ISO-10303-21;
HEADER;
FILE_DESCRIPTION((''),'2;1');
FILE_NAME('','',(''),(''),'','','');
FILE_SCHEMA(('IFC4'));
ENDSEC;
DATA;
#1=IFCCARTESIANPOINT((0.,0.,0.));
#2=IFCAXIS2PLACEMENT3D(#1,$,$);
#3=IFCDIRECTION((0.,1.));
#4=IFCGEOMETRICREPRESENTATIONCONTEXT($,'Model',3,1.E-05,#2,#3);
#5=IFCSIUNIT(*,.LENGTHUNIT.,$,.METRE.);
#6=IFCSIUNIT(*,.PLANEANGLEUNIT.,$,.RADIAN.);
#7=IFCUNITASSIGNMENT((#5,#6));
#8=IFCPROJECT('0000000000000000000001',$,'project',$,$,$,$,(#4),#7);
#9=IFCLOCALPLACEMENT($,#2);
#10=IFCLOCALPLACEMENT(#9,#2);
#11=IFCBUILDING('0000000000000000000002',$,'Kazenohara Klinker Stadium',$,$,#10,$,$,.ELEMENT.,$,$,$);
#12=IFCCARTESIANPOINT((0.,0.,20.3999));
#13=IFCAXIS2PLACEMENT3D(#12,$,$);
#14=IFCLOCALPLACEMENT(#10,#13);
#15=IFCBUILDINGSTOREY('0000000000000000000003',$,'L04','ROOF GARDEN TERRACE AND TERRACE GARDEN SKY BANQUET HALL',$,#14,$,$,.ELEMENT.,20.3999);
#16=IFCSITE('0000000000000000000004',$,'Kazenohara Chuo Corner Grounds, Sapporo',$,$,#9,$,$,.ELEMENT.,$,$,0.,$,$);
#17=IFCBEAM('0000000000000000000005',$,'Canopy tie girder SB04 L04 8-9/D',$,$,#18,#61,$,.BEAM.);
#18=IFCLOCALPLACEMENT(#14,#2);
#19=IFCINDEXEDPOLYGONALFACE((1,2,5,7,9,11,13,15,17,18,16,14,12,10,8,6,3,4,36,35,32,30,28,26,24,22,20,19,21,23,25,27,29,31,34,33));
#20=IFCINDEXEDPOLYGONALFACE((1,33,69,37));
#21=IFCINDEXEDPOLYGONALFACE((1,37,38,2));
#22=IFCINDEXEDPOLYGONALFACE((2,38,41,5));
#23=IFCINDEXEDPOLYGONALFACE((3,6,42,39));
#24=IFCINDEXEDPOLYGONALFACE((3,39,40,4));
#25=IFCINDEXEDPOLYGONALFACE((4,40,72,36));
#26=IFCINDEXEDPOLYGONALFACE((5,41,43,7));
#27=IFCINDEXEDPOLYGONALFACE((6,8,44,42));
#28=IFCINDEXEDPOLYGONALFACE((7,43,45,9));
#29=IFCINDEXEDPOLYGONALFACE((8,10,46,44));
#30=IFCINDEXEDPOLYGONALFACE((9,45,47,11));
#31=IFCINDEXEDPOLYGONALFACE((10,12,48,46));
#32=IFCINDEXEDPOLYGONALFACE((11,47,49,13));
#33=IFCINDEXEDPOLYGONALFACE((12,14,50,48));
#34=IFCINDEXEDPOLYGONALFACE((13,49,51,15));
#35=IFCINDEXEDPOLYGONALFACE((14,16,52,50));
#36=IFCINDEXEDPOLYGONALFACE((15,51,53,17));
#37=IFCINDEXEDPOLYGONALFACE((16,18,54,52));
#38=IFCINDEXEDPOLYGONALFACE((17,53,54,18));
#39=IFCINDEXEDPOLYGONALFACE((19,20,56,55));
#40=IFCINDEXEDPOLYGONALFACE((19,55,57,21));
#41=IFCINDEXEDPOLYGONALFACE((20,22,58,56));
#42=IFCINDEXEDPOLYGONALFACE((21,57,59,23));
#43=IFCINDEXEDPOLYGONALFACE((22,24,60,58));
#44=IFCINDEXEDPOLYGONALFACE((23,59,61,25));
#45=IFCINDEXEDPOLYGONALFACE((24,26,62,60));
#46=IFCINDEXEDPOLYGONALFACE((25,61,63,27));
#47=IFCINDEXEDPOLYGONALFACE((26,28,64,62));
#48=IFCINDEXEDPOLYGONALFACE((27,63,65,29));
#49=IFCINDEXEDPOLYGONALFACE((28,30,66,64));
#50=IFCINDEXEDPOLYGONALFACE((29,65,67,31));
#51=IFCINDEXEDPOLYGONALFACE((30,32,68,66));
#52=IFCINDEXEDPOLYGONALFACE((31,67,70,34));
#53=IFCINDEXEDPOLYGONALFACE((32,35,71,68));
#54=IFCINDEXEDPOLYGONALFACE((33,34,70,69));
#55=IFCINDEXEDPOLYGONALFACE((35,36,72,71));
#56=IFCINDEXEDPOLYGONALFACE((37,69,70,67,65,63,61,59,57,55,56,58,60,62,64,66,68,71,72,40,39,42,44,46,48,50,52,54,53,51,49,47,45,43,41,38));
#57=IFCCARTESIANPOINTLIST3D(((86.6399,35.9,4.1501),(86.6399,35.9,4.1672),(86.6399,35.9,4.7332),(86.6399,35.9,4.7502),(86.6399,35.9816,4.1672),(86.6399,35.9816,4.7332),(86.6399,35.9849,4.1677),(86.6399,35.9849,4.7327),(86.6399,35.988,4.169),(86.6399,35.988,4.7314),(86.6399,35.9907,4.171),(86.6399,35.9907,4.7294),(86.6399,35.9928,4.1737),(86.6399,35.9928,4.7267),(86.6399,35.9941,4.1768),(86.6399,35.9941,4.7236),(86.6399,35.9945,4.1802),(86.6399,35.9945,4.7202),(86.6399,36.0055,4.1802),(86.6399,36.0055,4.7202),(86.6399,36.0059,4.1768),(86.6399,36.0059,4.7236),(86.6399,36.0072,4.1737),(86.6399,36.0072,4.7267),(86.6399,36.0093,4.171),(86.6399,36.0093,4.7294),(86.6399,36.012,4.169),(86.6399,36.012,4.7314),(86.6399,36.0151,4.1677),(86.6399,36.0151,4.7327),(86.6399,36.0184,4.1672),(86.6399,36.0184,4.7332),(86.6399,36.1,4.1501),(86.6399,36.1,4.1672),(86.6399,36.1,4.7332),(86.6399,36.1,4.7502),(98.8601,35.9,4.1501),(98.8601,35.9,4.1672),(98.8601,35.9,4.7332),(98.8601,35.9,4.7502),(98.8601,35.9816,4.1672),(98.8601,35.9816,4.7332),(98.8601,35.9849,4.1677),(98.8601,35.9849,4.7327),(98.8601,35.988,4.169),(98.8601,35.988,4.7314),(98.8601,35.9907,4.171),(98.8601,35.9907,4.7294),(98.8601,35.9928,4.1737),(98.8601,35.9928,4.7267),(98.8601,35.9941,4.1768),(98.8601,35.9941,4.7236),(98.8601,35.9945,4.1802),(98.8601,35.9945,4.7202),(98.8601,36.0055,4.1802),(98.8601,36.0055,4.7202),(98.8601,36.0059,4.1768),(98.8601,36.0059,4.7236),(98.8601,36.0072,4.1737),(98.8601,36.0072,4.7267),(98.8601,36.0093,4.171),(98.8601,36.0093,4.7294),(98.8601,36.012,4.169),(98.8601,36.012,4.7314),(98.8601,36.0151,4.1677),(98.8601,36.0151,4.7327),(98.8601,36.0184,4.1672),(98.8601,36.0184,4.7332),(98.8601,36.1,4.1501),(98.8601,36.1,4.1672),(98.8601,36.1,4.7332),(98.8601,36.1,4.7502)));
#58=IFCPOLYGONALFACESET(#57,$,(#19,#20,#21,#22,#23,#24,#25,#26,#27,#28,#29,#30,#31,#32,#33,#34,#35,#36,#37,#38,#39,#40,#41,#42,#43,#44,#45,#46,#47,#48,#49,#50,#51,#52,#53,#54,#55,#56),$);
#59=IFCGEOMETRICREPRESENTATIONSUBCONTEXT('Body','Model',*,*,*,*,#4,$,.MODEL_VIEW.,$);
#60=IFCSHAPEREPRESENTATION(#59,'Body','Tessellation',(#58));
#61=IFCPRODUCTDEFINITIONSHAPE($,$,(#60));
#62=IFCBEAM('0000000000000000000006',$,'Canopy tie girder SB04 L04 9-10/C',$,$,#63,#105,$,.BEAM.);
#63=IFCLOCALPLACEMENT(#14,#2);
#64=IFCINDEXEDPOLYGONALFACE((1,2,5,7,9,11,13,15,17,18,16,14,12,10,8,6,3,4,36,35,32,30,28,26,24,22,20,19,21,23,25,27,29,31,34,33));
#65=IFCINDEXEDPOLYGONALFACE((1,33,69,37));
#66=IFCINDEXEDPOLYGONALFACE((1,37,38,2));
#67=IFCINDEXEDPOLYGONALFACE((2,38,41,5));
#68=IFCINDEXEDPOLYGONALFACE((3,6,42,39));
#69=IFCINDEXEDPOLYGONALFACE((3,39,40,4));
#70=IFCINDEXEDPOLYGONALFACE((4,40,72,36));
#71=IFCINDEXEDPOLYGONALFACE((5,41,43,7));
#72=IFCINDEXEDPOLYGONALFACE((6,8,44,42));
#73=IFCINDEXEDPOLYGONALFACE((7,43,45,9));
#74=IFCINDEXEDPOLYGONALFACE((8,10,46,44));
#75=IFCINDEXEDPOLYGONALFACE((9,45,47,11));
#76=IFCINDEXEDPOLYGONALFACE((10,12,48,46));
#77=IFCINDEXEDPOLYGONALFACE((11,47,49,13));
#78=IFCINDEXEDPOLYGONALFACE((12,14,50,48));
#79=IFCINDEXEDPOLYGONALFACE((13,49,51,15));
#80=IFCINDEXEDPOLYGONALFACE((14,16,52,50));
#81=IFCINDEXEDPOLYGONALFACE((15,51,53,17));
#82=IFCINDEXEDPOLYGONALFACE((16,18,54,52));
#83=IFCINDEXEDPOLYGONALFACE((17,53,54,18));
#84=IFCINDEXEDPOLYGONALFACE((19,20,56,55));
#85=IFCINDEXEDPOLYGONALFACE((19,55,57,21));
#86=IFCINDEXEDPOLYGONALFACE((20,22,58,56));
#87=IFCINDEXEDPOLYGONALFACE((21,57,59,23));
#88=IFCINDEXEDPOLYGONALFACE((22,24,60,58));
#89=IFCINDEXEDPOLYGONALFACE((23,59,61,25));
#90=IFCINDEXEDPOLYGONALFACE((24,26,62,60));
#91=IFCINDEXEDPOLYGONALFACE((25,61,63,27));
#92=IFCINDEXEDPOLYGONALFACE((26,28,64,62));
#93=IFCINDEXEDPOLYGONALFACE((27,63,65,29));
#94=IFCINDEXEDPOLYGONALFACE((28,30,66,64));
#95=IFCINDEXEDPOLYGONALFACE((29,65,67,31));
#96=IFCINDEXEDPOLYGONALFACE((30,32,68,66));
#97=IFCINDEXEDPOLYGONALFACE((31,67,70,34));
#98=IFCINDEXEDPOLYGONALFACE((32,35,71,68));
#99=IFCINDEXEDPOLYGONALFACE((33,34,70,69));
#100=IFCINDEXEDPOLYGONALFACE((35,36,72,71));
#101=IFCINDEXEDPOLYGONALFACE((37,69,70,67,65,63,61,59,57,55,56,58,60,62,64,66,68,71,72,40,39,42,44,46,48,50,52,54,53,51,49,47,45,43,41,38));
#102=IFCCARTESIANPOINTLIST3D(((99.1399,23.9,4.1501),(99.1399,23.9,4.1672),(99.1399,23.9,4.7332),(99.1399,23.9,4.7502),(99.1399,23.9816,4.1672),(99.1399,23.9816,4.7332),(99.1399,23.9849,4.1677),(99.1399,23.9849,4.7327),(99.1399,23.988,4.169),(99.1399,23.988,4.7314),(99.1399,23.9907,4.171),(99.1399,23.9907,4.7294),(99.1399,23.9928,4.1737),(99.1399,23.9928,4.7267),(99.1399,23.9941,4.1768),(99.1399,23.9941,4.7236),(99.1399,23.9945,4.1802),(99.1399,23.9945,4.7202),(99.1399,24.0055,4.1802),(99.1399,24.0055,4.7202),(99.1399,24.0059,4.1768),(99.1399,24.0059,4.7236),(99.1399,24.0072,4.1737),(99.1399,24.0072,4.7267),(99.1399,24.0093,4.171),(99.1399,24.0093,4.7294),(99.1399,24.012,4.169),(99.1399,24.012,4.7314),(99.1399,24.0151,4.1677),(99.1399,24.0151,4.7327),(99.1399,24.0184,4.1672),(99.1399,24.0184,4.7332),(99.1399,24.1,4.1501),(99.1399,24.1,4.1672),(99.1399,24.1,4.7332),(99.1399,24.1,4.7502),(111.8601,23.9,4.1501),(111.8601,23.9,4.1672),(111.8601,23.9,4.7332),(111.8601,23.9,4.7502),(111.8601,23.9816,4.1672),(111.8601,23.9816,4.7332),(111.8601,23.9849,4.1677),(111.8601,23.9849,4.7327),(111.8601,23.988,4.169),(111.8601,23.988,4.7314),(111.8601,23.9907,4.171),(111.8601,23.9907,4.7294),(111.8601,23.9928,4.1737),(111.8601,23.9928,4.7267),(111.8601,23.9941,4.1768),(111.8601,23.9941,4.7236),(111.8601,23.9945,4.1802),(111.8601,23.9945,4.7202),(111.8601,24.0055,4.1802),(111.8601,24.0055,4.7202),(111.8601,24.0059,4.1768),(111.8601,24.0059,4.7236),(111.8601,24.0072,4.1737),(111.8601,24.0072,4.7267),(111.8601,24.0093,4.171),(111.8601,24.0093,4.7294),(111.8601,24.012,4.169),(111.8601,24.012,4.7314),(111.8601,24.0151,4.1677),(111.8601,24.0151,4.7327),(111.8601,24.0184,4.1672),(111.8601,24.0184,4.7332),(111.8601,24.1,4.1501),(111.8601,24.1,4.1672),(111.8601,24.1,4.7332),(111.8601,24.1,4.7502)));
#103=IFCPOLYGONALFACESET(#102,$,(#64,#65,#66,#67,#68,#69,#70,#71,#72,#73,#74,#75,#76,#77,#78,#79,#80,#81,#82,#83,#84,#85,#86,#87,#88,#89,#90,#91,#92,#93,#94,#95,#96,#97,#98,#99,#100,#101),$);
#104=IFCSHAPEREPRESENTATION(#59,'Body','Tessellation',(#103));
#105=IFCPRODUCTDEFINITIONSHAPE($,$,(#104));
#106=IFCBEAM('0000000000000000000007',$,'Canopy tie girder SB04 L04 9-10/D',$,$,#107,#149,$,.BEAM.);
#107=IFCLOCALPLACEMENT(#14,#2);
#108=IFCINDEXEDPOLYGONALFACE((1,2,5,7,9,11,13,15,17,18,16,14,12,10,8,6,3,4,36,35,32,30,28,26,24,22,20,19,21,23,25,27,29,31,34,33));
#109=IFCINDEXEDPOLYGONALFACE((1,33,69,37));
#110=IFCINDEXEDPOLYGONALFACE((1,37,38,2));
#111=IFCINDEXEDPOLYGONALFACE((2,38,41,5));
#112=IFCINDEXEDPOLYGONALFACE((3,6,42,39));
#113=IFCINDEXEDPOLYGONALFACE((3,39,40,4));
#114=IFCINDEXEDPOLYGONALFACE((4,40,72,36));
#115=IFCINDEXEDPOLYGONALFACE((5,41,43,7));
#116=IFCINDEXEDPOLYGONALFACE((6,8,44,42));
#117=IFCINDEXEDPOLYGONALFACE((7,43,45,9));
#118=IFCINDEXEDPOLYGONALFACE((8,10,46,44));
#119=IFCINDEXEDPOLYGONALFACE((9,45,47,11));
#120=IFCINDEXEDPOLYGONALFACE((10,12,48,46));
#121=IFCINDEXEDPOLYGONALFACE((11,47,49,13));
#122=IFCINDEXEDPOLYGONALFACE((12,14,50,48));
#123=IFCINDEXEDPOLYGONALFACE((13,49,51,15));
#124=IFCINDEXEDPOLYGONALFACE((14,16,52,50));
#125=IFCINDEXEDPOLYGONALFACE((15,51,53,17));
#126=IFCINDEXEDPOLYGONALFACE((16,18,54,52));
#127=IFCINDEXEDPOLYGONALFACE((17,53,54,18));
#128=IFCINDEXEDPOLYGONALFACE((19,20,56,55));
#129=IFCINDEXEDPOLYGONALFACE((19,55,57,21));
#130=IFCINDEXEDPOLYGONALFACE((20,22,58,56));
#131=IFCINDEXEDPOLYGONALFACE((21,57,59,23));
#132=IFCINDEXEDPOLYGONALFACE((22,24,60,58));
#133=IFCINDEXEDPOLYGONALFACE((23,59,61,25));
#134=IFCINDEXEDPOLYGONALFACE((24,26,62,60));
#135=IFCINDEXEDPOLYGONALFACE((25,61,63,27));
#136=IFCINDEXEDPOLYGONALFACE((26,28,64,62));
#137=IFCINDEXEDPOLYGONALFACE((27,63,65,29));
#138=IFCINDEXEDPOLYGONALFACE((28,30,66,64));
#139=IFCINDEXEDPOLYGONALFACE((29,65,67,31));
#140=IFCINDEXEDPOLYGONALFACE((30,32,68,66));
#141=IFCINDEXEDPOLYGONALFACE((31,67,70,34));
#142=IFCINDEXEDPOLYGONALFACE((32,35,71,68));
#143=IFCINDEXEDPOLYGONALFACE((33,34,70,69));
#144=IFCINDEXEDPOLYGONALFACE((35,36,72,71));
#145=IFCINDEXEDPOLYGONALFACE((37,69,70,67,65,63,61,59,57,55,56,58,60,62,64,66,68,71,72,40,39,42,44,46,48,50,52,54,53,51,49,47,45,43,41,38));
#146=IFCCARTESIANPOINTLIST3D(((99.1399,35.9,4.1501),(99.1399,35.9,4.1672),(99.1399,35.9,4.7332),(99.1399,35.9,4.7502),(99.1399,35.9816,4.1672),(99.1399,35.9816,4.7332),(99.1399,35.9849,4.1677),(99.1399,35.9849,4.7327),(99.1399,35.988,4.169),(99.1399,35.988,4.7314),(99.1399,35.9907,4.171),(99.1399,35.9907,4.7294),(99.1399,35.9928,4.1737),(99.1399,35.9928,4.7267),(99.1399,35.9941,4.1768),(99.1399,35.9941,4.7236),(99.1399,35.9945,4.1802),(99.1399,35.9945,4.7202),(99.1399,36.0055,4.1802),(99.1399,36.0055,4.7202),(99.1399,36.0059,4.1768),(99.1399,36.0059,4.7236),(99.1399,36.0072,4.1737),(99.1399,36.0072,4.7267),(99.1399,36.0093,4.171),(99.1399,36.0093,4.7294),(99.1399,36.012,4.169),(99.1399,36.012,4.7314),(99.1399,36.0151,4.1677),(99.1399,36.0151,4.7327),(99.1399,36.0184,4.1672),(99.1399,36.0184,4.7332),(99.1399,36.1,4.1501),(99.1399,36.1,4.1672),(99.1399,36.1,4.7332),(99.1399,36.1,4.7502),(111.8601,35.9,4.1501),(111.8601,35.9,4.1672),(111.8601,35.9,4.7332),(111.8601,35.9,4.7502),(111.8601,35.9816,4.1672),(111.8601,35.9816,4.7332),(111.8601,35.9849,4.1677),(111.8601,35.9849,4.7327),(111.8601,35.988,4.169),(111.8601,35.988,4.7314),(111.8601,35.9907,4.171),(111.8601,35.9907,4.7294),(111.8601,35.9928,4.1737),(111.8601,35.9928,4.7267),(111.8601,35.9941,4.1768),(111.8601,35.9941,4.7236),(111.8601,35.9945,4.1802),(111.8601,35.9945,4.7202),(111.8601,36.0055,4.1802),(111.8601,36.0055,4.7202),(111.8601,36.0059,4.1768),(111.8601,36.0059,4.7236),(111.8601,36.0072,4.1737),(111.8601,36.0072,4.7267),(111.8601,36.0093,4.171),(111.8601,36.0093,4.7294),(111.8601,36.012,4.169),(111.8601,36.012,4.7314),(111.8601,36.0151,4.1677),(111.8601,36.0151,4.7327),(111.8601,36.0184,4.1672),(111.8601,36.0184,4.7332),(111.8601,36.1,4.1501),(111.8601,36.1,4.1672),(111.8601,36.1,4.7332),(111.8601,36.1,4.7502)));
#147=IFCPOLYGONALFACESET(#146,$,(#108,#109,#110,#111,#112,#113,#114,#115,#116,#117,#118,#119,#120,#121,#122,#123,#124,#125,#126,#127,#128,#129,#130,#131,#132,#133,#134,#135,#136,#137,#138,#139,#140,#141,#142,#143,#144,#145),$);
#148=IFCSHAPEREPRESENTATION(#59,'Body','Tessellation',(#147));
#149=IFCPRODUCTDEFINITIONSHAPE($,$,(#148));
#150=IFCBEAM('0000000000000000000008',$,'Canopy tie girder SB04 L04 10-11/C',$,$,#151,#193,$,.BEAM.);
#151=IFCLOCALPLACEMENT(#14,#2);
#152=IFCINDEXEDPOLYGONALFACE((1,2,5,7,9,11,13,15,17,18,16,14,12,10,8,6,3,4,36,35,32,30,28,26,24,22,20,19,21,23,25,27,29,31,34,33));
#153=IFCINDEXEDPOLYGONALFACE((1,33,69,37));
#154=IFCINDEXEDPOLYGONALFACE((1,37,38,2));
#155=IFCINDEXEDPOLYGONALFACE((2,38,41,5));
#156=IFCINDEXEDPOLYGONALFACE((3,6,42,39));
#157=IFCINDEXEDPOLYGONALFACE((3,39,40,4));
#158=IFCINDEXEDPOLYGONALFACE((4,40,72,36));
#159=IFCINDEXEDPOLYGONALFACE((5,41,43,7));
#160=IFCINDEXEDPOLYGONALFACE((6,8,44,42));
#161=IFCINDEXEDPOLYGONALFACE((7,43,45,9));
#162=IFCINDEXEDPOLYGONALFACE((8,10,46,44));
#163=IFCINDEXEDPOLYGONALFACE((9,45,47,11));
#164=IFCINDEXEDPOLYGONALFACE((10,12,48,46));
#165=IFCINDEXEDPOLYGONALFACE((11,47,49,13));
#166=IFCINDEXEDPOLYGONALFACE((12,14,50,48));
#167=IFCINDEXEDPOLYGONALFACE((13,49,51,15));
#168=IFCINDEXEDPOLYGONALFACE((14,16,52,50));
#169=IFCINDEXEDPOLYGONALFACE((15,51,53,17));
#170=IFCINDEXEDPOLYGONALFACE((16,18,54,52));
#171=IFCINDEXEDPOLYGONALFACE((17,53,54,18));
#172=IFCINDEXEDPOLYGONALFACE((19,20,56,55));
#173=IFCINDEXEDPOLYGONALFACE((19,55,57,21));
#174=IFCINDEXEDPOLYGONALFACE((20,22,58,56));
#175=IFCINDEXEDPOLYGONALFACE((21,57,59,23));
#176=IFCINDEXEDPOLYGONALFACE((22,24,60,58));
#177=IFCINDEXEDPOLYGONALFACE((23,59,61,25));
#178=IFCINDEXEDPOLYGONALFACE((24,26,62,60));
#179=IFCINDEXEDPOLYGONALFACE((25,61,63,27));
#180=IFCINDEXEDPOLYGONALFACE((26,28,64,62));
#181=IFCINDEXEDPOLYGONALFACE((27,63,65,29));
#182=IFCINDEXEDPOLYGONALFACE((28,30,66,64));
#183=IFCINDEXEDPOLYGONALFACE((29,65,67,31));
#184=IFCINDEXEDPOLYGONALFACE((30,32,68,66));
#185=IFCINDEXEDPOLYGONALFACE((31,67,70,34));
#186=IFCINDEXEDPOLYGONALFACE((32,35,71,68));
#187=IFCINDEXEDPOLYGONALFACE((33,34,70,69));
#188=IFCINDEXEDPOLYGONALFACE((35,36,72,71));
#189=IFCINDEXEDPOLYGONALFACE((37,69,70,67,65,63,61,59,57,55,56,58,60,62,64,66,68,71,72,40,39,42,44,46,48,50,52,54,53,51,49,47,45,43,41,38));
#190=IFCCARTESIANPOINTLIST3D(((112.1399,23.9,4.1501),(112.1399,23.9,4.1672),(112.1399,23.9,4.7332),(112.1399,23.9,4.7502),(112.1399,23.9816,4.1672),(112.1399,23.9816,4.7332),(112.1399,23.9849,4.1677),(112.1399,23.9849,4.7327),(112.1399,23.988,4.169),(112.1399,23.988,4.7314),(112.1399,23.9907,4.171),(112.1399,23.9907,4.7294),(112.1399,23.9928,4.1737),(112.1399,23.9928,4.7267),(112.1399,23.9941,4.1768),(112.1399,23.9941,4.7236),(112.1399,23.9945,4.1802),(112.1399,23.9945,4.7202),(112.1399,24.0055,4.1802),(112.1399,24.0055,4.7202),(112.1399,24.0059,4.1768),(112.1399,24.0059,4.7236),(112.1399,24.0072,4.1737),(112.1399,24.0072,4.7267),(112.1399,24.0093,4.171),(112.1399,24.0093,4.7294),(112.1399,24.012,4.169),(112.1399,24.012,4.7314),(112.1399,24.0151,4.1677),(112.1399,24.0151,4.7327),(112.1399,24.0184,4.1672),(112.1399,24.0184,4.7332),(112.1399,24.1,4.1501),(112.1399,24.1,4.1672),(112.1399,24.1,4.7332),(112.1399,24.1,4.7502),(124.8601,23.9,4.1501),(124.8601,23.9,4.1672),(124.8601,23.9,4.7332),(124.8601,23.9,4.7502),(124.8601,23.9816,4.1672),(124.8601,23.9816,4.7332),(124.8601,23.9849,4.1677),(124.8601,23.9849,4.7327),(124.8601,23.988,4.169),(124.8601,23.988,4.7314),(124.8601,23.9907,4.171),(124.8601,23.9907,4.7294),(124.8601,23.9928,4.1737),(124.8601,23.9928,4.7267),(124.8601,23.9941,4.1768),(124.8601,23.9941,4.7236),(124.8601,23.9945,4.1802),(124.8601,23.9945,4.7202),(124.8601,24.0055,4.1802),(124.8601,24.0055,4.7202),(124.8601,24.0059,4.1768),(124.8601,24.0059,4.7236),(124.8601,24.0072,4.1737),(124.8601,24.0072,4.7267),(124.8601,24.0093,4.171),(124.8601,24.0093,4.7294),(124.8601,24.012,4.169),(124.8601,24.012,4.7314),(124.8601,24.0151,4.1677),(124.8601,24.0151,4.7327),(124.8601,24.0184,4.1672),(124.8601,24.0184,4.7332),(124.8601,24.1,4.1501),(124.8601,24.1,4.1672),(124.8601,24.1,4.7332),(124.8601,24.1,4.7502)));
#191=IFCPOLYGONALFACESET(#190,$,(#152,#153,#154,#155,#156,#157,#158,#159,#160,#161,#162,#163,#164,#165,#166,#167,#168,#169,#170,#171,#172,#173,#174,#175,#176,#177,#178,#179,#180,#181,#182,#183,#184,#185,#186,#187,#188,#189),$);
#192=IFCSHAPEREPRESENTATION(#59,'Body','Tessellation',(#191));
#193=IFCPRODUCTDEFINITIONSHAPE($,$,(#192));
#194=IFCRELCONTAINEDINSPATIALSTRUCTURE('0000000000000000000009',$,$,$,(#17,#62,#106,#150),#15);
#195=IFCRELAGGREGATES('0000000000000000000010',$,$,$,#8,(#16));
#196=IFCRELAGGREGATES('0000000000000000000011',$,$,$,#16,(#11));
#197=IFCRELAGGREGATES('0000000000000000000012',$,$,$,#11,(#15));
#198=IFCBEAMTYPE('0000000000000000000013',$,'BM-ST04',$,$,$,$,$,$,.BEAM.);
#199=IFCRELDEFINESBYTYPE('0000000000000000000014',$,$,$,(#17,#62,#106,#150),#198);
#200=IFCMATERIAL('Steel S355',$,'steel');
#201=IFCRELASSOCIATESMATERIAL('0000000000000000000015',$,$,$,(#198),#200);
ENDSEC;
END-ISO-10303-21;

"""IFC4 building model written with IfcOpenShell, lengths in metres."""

from ifc_helpers import new_model, si_unit, direction, frame, origin, origin_2d, place, context, subcontext, project, spatial, i_section, extrude, material, material_profile, profile_set, type_object, element, save


model = new_model("IFC4")

# Units and contexts
model_context = context("Model", 3, precision=1e-05, world=origin(), true_north=direction((0.0, 1.0)))
body_context = subcontext(model_context, "Body", "Model", "MODEL_VIEW")
ifc_project = project(units=[si_unit("LENGTHUNIT", "METRE"), si_unit("PLANEANGLEUNIT", "RADIAN")], contexts=[model_context])

# Site, building, storey
site_placement = place(None, origin())
site = spatial("IfcSite", under=ifc_project, at=site_placement, Name="Kazenohara Chuo Corner Grounds, Sapporo", CompositionType="ELEMENT", RefElevation=0.0)
building_placement = place(site_placement, origin())
building = spatial("IfcBuilding", under=site, at=building_placement, Name="Kazenohara Klinker Stadium", CompositionType="ELEMENT")
storey_placement = place(building_placement, frame((0.0, 0.0, 20.3999)))
storey = spatial("IfcBuildingStorey", under=building, at=storey_placement, Name="L04", Description="ROOF GARDEN TERRACE AND TERRACE GARDEN SKY BANQUET HALL", CompositionType="ELEMENT", Elevation=20.3999)

# Shared definitions
ifc_material_1 = material(Name="Steel S355", Category="steel")

# Beams
ifc_material_profile_1 = material_profile(ifc_material_1, i_section(OverallWidth=0.2, OverallDepth=0.6001, WebThickness=0.011, FlangeThickness=0.0171, FilletRadius=0.0129, at=origin_2d()), Name="H-600x200x11x17")
ifc_profile_set_1 = profile_set([ifc_material_profile_1], Name="Steel S355")
beam_type = type_object("IfcBeamType", Name="BM-ST04", PredefinedType="BEAM", material=ifc_profile_set_1)
for number, where, z_axis, x_axis, name in (
    (1, (86.6399, 36.0, 4.4502), (1.0, 0.0, 0.0), (0.0, 1.0, 0.0), "Canopy tie girder SB04 L04 8-9/D"),
):
    element("IfcBeam", number, at=place(storey_placement, frame(where, z_axis=z_axis, x_axis=x_axis)), inside=storey, type_object=beam_type, Name=name, PredefinedType="BEAM", context=body_context, shape_type="SweptSolid", body=[
        extrude(i_section(OverallWidth=0.2, OverallDepth=0.6001, WebThickness=0.011, FlangeThickness=0.0171, FilletRadius=0.0129, at=origin_2d()), origin(), (0.0, 0.0, 1.0), 12.2202),
    ])
for number, where, z_axis, x_axis, name in (
    (2, (99.1399, 24.0, 4.4502), (1.0, 0.0, 0.0), (0.0, 1.0, 0.0), "Canopy tie girder SB04 L04 9-10/C"),
    (3, (99.1399, 36.0, 4.4502), (1.0, 0.0, 0.0), (0.0, 1.0, 0.0), "Canopy tie girder SB04 L04 9-10/D"),
    (4, (112.1399, 24.0, 4.4502), (1.0, 0.0, 0.0), (0.0, 1.0, 0.0), "Canopy tie girder SB04 L04 10-11/C"),
):
    element("IfcBeam", number, at=place(storey_placement, frame(where, z_axis=z_axis, x_axis=x_axis)), inside=storey, type_object=beam_type, Name=name, PredefinedType="BEAM", context=body_context, shape_type="SweptSolid", body=[
        extrude(i_section(OverallWidth=0.2, OverallDepth=0.6001, WebThickness=0.011, FlangeThickness=0.0171, FilletRadius=0.0129, at=origin_2d()), origin(), (0.0, 0.0, 1.0), 12.7202),
    ])

save(model, "model.ifc")
